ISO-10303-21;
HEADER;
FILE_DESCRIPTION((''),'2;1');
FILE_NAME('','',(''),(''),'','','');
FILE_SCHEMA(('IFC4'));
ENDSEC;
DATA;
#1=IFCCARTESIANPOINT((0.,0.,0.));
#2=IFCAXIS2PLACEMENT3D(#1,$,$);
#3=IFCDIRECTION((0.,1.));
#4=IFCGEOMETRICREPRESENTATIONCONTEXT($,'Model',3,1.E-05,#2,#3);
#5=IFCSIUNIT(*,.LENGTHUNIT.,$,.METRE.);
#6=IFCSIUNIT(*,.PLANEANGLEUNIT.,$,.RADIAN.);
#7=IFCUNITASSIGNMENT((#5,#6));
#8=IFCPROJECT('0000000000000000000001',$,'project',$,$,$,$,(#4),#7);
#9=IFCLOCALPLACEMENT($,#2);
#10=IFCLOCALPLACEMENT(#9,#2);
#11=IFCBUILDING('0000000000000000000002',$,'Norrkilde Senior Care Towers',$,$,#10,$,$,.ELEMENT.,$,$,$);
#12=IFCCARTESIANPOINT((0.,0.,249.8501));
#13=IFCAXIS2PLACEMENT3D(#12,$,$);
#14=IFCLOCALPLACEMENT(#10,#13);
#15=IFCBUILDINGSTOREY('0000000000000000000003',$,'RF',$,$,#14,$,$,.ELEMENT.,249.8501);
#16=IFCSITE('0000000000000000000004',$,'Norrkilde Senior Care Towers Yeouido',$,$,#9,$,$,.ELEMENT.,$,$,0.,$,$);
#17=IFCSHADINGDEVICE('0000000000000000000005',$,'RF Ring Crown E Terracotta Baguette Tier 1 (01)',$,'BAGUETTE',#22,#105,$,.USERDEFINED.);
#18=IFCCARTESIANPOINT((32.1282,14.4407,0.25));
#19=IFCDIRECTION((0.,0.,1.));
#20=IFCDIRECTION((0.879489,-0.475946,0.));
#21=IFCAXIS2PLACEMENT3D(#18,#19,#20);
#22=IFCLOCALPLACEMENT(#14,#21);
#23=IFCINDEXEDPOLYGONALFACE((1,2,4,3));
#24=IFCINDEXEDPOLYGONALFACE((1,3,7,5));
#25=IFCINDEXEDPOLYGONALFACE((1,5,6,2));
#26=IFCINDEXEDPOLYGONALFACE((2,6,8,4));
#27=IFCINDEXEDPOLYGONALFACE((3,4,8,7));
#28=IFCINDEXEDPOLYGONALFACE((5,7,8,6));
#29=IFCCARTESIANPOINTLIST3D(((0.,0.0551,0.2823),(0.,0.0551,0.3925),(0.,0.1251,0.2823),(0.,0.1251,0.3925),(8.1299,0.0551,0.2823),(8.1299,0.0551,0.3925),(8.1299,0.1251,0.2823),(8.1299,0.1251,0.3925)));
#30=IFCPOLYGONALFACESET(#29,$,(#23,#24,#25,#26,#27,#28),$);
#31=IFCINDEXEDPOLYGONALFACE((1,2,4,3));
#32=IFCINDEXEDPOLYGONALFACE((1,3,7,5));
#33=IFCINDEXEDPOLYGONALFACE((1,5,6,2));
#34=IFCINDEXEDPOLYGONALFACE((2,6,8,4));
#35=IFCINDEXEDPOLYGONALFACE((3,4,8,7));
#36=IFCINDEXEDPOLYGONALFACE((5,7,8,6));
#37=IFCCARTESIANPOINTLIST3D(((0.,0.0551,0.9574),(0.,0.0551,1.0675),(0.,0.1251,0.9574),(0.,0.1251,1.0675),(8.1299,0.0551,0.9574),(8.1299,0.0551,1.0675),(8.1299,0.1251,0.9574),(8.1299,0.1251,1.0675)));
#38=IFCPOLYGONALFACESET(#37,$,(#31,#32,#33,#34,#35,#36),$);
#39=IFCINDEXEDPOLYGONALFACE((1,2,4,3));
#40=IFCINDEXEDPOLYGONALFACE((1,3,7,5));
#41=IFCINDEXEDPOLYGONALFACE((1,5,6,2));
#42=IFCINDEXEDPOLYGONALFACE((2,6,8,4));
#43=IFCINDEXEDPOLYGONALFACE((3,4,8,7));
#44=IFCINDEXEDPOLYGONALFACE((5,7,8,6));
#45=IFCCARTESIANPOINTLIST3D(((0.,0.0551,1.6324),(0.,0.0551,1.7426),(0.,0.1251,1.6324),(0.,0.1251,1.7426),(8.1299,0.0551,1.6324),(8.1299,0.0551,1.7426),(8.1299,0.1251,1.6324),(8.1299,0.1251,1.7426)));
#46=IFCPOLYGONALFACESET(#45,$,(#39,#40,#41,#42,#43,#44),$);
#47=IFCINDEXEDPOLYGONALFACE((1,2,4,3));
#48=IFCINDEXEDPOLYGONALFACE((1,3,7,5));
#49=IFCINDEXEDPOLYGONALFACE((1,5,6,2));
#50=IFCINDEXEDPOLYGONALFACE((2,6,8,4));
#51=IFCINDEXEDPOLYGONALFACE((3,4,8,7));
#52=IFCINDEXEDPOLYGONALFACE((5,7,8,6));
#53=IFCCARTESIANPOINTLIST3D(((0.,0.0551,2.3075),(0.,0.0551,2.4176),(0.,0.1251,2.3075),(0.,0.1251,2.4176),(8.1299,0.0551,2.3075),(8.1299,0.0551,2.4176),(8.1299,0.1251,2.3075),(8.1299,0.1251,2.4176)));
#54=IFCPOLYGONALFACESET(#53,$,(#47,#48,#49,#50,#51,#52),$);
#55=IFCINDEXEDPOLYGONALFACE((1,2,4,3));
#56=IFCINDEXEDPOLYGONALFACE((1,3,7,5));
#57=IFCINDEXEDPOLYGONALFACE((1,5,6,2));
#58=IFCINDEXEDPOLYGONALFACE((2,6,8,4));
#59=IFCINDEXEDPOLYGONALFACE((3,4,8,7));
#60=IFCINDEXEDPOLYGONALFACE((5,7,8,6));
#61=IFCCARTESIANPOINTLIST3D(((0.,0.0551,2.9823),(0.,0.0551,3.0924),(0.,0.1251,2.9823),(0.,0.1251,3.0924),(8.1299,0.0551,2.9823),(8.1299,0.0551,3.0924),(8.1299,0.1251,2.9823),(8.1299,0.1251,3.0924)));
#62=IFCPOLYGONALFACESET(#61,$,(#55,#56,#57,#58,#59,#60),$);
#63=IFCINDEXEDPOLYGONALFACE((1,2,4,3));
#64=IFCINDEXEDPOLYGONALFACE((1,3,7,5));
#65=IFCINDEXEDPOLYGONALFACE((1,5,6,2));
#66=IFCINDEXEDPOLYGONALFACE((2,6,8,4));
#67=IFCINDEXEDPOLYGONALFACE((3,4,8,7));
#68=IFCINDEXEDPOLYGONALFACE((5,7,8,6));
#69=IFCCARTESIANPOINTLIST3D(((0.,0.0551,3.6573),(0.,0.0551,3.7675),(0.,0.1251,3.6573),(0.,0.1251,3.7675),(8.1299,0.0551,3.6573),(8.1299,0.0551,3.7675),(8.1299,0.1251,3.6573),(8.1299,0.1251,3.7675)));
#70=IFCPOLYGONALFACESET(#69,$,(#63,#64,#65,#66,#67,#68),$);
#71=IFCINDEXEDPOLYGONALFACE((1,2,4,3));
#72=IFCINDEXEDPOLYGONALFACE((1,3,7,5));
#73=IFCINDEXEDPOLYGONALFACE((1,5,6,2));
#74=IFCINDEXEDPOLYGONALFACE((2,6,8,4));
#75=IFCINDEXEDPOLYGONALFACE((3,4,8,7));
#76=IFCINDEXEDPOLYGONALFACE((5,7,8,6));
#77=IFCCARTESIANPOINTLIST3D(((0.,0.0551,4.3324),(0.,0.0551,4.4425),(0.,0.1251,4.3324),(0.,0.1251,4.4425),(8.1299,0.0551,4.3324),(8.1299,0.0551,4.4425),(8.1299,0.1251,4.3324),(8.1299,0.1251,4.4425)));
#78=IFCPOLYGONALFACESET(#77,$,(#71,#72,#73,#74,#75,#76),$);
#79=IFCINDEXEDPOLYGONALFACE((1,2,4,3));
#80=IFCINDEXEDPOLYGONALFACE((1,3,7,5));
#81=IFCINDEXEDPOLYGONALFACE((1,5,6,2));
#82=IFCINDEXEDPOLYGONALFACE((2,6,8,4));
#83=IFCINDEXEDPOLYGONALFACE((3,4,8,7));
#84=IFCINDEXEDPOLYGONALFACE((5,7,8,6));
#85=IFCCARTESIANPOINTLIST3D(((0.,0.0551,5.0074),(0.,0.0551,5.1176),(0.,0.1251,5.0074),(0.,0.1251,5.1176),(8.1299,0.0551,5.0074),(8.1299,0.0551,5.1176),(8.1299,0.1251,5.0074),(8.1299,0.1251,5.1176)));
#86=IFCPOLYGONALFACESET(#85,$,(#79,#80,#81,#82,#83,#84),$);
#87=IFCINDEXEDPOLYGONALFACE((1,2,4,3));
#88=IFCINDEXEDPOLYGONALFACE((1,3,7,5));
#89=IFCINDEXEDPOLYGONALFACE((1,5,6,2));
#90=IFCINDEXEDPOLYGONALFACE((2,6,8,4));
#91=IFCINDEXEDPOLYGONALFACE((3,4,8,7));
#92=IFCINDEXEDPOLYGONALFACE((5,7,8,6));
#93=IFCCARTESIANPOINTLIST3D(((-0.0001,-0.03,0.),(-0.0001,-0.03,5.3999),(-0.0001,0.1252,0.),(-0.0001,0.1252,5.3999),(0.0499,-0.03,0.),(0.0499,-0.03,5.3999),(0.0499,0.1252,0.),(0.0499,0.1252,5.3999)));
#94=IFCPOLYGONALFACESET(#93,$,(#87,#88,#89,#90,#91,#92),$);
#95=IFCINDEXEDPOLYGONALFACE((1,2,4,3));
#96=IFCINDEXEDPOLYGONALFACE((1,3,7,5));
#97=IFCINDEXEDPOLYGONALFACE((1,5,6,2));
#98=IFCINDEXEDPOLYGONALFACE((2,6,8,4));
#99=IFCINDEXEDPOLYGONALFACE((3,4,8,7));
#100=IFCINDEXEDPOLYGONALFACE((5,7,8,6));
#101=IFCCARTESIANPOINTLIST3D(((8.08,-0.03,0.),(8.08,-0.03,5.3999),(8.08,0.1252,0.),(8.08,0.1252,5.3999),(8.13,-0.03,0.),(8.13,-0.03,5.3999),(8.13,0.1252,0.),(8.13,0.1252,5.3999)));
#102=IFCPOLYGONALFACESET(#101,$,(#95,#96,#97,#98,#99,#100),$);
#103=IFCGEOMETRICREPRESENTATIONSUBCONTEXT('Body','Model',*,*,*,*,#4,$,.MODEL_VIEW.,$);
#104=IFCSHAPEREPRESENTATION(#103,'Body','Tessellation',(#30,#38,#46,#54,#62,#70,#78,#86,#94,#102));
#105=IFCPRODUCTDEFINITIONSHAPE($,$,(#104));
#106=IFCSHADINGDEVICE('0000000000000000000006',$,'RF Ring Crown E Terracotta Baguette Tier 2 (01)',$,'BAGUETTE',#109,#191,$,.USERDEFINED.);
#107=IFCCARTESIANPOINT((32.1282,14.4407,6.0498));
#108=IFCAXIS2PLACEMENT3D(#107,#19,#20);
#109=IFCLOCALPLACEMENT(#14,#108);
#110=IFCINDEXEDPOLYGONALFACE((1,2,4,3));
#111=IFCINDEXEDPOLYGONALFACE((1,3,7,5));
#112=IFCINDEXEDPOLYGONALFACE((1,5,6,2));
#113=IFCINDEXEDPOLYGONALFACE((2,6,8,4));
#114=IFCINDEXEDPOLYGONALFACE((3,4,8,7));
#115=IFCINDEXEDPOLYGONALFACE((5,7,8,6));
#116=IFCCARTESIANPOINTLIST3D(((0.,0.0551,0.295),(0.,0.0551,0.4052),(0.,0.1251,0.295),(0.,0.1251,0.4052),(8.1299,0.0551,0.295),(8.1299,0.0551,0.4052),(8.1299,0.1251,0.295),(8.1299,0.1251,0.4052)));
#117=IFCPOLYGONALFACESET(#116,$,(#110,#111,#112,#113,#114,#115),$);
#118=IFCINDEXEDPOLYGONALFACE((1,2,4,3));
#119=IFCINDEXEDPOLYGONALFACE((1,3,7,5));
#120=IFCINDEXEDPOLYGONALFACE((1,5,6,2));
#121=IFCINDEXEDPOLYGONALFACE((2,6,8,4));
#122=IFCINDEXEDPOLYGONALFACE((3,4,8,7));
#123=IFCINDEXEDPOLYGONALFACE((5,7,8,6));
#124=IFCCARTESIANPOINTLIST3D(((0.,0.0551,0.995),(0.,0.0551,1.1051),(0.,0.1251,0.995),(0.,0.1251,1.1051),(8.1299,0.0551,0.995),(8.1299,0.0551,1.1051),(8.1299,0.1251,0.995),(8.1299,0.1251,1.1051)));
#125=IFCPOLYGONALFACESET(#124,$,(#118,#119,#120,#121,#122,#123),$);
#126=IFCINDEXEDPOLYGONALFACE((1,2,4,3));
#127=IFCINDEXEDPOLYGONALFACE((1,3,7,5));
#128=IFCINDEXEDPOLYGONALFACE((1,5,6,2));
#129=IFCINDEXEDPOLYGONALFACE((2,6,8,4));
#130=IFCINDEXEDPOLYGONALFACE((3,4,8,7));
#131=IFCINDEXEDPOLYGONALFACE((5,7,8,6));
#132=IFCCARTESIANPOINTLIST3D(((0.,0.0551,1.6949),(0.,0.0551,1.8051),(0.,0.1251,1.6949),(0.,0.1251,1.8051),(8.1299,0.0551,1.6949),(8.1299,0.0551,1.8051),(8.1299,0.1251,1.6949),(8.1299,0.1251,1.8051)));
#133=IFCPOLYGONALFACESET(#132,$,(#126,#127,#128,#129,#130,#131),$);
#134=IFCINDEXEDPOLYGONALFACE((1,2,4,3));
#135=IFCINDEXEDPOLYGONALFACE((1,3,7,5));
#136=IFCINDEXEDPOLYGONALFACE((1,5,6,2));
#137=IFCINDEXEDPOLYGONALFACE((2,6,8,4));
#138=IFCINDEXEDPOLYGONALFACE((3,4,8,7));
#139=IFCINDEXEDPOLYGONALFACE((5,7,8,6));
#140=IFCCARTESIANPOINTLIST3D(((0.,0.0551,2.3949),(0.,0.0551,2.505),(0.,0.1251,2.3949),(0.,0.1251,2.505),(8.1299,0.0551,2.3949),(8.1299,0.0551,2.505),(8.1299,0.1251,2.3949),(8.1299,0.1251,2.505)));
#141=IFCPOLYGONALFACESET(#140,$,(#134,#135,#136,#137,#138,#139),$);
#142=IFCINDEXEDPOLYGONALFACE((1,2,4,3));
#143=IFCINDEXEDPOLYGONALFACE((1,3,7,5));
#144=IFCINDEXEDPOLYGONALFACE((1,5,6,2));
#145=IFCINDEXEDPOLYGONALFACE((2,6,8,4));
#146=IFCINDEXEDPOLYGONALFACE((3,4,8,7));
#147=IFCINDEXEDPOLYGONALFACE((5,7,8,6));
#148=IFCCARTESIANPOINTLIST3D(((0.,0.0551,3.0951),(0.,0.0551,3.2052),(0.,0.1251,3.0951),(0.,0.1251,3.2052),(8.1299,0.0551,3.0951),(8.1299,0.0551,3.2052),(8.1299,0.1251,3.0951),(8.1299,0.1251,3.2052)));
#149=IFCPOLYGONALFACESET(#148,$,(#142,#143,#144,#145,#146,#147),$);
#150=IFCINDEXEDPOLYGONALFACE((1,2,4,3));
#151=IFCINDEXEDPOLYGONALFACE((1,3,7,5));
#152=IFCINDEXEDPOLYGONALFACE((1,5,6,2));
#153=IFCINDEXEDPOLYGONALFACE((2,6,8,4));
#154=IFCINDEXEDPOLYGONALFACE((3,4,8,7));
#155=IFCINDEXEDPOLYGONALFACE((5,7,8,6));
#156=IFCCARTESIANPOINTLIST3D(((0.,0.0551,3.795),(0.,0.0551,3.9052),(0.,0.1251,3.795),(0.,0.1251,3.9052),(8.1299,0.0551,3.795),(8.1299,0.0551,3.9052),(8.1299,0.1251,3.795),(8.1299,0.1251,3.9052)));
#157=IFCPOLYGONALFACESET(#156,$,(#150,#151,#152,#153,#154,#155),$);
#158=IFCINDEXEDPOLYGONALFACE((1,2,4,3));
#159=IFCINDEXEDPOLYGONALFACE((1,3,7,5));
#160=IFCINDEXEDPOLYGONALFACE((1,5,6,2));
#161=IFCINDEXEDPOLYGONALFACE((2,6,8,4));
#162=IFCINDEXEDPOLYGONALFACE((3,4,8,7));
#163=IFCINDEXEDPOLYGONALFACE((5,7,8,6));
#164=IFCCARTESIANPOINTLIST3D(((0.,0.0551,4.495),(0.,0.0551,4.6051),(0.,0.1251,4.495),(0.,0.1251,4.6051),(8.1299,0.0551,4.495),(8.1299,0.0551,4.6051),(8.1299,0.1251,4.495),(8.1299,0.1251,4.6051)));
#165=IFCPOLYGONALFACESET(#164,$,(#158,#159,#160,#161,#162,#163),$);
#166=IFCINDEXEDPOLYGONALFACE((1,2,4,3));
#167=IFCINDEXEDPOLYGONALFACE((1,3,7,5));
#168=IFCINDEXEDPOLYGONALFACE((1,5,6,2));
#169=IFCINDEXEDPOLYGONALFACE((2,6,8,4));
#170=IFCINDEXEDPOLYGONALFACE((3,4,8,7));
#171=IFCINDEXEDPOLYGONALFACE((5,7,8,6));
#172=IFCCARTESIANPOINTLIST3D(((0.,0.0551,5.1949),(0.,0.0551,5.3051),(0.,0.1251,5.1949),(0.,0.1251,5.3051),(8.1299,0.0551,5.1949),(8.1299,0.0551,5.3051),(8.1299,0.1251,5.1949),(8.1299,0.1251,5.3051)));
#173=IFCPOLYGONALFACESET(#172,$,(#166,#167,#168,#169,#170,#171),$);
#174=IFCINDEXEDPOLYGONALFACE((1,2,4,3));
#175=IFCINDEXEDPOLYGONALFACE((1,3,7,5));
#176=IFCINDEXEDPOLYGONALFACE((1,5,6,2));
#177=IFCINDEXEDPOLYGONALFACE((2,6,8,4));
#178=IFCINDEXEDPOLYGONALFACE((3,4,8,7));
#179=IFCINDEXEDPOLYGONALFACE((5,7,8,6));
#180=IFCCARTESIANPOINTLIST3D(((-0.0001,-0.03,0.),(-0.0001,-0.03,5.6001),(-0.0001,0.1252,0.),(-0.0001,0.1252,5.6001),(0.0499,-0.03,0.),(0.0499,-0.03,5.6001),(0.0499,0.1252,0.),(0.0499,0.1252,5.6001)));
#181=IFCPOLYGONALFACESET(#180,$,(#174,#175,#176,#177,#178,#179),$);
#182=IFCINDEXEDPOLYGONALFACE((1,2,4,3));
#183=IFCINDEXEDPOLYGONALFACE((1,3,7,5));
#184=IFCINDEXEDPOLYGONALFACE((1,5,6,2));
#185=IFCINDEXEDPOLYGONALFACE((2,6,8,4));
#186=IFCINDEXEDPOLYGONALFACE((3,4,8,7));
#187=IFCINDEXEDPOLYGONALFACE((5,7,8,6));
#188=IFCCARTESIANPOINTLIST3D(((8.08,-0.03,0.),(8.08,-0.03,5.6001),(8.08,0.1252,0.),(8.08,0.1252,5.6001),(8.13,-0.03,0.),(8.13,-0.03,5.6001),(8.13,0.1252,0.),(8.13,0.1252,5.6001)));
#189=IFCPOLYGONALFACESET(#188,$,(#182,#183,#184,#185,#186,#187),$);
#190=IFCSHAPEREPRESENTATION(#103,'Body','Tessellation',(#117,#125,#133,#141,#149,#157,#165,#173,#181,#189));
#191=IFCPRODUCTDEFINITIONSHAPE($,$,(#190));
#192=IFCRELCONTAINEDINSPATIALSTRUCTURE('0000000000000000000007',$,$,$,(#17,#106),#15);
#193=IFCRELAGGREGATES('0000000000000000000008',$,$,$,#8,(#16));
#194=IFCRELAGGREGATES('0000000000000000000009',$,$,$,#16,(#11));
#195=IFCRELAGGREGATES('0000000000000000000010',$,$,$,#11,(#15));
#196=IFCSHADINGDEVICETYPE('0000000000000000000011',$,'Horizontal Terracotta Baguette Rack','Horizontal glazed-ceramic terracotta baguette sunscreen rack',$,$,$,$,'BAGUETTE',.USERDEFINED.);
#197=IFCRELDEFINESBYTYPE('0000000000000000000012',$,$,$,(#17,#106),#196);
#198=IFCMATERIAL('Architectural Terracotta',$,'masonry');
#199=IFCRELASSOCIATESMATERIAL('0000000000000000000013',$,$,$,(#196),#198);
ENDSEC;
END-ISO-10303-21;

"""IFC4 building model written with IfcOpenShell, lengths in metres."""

from ifc_helpers import new_model, si_unit, direction, frame, origin, origin_2d, place, context, subcontext, project, spatial, rectangle, extrude, source, transform, mapped, material, type_object, type_shapes, element, save


model = new_model("IFC4")

# Units and contexts
model_context = context("Model", 3, precision=1e-05, world=origin(), true_north=direction((0.0, 1.0)))
body_context = subcontext(model_context, "Body", "Model", "MODEL_VIEW")
ifc_project = project(units=[si_unit("LENGTHUNIT", "METRE"), si_unit("PLANEANGLEUNIT", "RADIAN")], contexts=[model_context])

# Site, building, storey
site_placement = place(None, origin())
site = spatial("IfcSite", under=ifc_project, at=site_placement, Name="Norrkilde Senior Care Towers Yeouido", CompositionType="ELEMENT", RefElevation=0.0)
building_placement = place(site_placement, origin())
building = spatial("IfcBuilding", under=site, at=building_placement, Name="Norrkilde Senior Care Towers", CompositionType="ELEMENT")
storey_placement = place(building_placement, frame((0.0, 0.0, 249.8501)))
storey = spatial("IfcBuildingStorey", under=building, at=storey_placement, Name="RF", CompositionType="ELEMENT", Elevation=249.8501)

# Shared definitions
ifc_material_1 = material(Name="Architectural Terracotta", Category="masonry")

# Shading devices
shading_device_type = type_object("IfcShadingDeviceType", Name="Horizontal Terracotta Baguette Rack", Description="Horizontal glazed-ceramic terracotta baguette sunscreen rack", ElementType="BAGUETTE", PredefinedType="USERDEFINED", material=ifc_material_1)
shared_shape_1 = source(origin(), body_context, "Body", "SweptSolid", [
    extrude(rectangle(XDim=0.0701, YDim=0.1101, at=origin_2d()), frame((0.0, 0.0901, 0.3374), z_axis=(1.0, 0.0, 0.0), x_axis=(0.0, 1.0, 0.0)), (0.0, 0.0, 1.0), 8.1299),
    extrude(rectangle(XDim=0.0701, YDim=0.1101, at=origin_2d()), frame((0.0, 0.0901, 1.0125), z_axis=(1.0, 0.0, 0.0), x_axis=(0.0, 1.0, 0.0)), (0.0, 0.0, 1.0), 8.1299),
    extrude(rectangle(XDim=0.0701, YDim=0.1101, at=origin_2d()), frame((0.0, 0.0901, 1.6875), z_axis=(1.0, 0.0, 0.0), x_axis=(0.0, 1.0, 0.0)), (0.0, 0.0, 1.0), 8.1299),
    extrude(rectangle(XDim=0.0701, YDim=0.1101, at=origin_2d()), frame((0.0, 0.0901, 2.3625), z_axis=(1.0, 0.0, 0.0), x_axis=(0.0, 1.0, 0.0)), (0.0, 0.0, 1.0), 8.1299),
    extrude(rectangle(XDim=0.0701, YDim=0.1101, at=origin_2d()), frame((0.0, 0.0901, 3.0374), z_axis=(1.0, 0.0, 0.0), x_axis=(0.0, 1.0, 0.0)), (0.0, 0.0, 1.0), 8.1299),
    extrude(rectangle(XDim=0.0701, YDim=0.1101, at=origin_2d()), frame((0.0, 0.0901, 3.7124), z_axis=(1.0, 0.0, 0.0), x_axis=(0.0, 1.0, 0.0)), (0.0, 0.0, 1.0), 8.1299),
    extrude(rectangle(XDim=0.0701, YDim=0.1101, at=origin_2d()), frame((0.0, 0.0901, 4.3875), z_axis=(1.0, 0.0, 0.0), x_axis=(0.0, 1.0, 0.0)), (0.0, 0.0, 1.0), 8.1299),
    extrude(rectangle(XDim=0.0701, YDim=0.1101, at=origin_2d()), frame((0.0, 0.0901, 5.0625), z_axis=(1.0, 0.0, 0.0), x_axis=(0.0, 1.0, 0.0)), (0.0, 0.0, 1.0), 8.1299),
    extrude(rectangle(XDim=0.05, YDim=0.1553, at=origin_2d()), frame((0.0249, 0.0476, 0.0)), (0.0, 0.0, 1.0), 5.3999),
    extrude(rectangle(XDim=0.05, YDim=0.1553, at=origin_2d()), frame((8.105, 0.0476, 0.0)), (0.0, 0.0, 1.0), 5.3999),
])
shading_device_1_placement = place(storey_placement, frame((32.1282, 14.4407, 0.25), z_axis=(0.0, 0.0, 1.0), x_axis=(0.879489, -0.475946, 0.0)))
element("IfcShadingDevice", 1, at=shading_device_1_placement, inside=storey, type_object=shading_device_type, Name="RF Ring Crown E Terracotta Baguette Tier 1 (01)", ObjectType="BAGUETTE", PredefinedType="USERDEFINED", context=body_context, shape_type="MappedRepresentation", body=[
    mapped(shared_shape_1, transform((0.0, 0.0, 0.0), x_axis=(1.0, 0.0, 0.0), y_axis=(0.0, 1.0, 0.0), z_axis=(0.0, 0.0, 1.0), scale=1.0)),
])
shared_shape_2 = source(origin(), body_context, "Body", "SweptSolid", [
    extrude(rectangle(XDim=0.0701, YDim=0.1101, at=origin_2d()), frame((0.0, 0.0901, 0.3501), z_axis=(1.0, 0.0, 0.0), x_axis=(0.0, 1.0, 0.0)), (0.0, 0.0, 1.0), 8.1299),
    extrude(rectangle(XDim=0.0701, YDim=0.1101, at=origin_2d()), frame((0.0, 0.0901, 1.05), z_axis=(1.0, 0.0, 0.0), x_axis=(0.0, 1.0, 0.0)), (0.0, 0.0, 1.0), 8.1299),
    extrude(rectangle(XDim=0.0701, YDim=0.1101, at=origin_2d()), frame((0.0, 0.0901, 1.75), z_axis=(1.0, 0.0, 0.0), x_axis=(0.0, 1.0, 0.0)), (0.0, 0.0, 1.0), 8.1299),
    extrude(rectangle(XDim=0.0701, YDim=0.1101, at=origin_2d()), frame((0.0, 0.0901, 2.45), z_axis=(1.0, 0.0, 0.0), x_axis=(0.0, 1.0, 0.0)), (0.0, 0.0, 1.0), 8.1299),
    extrude(rectangle(XDim=0.0701, YDim=0.1101, at=origin_2d()), frame((0.0, 0.0901, 3.1501), z_axis=(1.0, 0.0, 0.0), x_axis=(0.0, 1.0, 0.0)), (0.0, 0.0, 1.0), 8.1299),
    extrude(rectangle(XDim=0.0701, YDim=0.1101, at=origin_2d()), frame((0.0, 0.0901, 3.8501), z_axis=(1.0, 0.0, 0.0), x_axis=(0.0, 1.0, 0.0)), (0.0, 0.0, 1.0), 8.1299),
    extrude(rectangle(XDim=0.0701, YDim=0.1101, at=origin_2d()), frame((0.0, 0.0901, 4.55), z_axis=(1.0, 0.0, 0.0), x_axis=(0.0, 1.0, 0.0)), (0.0, 0.0, 1.0), 8.1299),
    extrude(rectangle(XDim=0.0701, YDim=0.1101, at=origin_2d()), frame((0.0, 0.0901, 5.25), z_axis=(1.0, 0.0, 0.0), x_axis=(0.0, 1.0, 0.0)), (0.0, 0.0, 1.0), 8.1299),
    extrude(rectangle(XDim=0.05, YDim=0.1553, at=origin_2d()), frame((0.0249, 0.0476, 0.0)), (0.0, 0.0, 1.0), 5.6001),
    extrude(rectangle(XDim=0.05, YDim=0.1553, at=origin_2d()), frame((8.105, 0.0476, 0.0)), (0.0, 0.0, 1.0), 5.6001),
])
type_shapes(shading_device_type, [shared_shape_1, shared_shape_2])
shading_device_2_placement = place(storey_placement, frame((32.1282, 14.4407, 6.0498), z_axis=(0.0, 0.0, 1.0), x_axis=(0.879489, -0.475946, 0.0)))
element("IfcShadingDevice", 2, at=shading_device_2_placement, inside=storey, type_object=shading_device_type, Name="RF Ring Crown E Terracotta Baguette Tier 2 (01)", ObjectType="BAGUETTE", PredefinedType="USERDEFINED", context=body_context, shape_type="MappedRepresentation", body=[
    mapped(shared_shape_2, transform((0.0, 0.0, 0.0), x_axis=(1.0, 0.0, 0.0), y_axis=(0.0, 1.0, 0.0), z_axis=(0.0, 0.0, 1.0), scale=1.0)),
])

save(model, "model.ifc")
